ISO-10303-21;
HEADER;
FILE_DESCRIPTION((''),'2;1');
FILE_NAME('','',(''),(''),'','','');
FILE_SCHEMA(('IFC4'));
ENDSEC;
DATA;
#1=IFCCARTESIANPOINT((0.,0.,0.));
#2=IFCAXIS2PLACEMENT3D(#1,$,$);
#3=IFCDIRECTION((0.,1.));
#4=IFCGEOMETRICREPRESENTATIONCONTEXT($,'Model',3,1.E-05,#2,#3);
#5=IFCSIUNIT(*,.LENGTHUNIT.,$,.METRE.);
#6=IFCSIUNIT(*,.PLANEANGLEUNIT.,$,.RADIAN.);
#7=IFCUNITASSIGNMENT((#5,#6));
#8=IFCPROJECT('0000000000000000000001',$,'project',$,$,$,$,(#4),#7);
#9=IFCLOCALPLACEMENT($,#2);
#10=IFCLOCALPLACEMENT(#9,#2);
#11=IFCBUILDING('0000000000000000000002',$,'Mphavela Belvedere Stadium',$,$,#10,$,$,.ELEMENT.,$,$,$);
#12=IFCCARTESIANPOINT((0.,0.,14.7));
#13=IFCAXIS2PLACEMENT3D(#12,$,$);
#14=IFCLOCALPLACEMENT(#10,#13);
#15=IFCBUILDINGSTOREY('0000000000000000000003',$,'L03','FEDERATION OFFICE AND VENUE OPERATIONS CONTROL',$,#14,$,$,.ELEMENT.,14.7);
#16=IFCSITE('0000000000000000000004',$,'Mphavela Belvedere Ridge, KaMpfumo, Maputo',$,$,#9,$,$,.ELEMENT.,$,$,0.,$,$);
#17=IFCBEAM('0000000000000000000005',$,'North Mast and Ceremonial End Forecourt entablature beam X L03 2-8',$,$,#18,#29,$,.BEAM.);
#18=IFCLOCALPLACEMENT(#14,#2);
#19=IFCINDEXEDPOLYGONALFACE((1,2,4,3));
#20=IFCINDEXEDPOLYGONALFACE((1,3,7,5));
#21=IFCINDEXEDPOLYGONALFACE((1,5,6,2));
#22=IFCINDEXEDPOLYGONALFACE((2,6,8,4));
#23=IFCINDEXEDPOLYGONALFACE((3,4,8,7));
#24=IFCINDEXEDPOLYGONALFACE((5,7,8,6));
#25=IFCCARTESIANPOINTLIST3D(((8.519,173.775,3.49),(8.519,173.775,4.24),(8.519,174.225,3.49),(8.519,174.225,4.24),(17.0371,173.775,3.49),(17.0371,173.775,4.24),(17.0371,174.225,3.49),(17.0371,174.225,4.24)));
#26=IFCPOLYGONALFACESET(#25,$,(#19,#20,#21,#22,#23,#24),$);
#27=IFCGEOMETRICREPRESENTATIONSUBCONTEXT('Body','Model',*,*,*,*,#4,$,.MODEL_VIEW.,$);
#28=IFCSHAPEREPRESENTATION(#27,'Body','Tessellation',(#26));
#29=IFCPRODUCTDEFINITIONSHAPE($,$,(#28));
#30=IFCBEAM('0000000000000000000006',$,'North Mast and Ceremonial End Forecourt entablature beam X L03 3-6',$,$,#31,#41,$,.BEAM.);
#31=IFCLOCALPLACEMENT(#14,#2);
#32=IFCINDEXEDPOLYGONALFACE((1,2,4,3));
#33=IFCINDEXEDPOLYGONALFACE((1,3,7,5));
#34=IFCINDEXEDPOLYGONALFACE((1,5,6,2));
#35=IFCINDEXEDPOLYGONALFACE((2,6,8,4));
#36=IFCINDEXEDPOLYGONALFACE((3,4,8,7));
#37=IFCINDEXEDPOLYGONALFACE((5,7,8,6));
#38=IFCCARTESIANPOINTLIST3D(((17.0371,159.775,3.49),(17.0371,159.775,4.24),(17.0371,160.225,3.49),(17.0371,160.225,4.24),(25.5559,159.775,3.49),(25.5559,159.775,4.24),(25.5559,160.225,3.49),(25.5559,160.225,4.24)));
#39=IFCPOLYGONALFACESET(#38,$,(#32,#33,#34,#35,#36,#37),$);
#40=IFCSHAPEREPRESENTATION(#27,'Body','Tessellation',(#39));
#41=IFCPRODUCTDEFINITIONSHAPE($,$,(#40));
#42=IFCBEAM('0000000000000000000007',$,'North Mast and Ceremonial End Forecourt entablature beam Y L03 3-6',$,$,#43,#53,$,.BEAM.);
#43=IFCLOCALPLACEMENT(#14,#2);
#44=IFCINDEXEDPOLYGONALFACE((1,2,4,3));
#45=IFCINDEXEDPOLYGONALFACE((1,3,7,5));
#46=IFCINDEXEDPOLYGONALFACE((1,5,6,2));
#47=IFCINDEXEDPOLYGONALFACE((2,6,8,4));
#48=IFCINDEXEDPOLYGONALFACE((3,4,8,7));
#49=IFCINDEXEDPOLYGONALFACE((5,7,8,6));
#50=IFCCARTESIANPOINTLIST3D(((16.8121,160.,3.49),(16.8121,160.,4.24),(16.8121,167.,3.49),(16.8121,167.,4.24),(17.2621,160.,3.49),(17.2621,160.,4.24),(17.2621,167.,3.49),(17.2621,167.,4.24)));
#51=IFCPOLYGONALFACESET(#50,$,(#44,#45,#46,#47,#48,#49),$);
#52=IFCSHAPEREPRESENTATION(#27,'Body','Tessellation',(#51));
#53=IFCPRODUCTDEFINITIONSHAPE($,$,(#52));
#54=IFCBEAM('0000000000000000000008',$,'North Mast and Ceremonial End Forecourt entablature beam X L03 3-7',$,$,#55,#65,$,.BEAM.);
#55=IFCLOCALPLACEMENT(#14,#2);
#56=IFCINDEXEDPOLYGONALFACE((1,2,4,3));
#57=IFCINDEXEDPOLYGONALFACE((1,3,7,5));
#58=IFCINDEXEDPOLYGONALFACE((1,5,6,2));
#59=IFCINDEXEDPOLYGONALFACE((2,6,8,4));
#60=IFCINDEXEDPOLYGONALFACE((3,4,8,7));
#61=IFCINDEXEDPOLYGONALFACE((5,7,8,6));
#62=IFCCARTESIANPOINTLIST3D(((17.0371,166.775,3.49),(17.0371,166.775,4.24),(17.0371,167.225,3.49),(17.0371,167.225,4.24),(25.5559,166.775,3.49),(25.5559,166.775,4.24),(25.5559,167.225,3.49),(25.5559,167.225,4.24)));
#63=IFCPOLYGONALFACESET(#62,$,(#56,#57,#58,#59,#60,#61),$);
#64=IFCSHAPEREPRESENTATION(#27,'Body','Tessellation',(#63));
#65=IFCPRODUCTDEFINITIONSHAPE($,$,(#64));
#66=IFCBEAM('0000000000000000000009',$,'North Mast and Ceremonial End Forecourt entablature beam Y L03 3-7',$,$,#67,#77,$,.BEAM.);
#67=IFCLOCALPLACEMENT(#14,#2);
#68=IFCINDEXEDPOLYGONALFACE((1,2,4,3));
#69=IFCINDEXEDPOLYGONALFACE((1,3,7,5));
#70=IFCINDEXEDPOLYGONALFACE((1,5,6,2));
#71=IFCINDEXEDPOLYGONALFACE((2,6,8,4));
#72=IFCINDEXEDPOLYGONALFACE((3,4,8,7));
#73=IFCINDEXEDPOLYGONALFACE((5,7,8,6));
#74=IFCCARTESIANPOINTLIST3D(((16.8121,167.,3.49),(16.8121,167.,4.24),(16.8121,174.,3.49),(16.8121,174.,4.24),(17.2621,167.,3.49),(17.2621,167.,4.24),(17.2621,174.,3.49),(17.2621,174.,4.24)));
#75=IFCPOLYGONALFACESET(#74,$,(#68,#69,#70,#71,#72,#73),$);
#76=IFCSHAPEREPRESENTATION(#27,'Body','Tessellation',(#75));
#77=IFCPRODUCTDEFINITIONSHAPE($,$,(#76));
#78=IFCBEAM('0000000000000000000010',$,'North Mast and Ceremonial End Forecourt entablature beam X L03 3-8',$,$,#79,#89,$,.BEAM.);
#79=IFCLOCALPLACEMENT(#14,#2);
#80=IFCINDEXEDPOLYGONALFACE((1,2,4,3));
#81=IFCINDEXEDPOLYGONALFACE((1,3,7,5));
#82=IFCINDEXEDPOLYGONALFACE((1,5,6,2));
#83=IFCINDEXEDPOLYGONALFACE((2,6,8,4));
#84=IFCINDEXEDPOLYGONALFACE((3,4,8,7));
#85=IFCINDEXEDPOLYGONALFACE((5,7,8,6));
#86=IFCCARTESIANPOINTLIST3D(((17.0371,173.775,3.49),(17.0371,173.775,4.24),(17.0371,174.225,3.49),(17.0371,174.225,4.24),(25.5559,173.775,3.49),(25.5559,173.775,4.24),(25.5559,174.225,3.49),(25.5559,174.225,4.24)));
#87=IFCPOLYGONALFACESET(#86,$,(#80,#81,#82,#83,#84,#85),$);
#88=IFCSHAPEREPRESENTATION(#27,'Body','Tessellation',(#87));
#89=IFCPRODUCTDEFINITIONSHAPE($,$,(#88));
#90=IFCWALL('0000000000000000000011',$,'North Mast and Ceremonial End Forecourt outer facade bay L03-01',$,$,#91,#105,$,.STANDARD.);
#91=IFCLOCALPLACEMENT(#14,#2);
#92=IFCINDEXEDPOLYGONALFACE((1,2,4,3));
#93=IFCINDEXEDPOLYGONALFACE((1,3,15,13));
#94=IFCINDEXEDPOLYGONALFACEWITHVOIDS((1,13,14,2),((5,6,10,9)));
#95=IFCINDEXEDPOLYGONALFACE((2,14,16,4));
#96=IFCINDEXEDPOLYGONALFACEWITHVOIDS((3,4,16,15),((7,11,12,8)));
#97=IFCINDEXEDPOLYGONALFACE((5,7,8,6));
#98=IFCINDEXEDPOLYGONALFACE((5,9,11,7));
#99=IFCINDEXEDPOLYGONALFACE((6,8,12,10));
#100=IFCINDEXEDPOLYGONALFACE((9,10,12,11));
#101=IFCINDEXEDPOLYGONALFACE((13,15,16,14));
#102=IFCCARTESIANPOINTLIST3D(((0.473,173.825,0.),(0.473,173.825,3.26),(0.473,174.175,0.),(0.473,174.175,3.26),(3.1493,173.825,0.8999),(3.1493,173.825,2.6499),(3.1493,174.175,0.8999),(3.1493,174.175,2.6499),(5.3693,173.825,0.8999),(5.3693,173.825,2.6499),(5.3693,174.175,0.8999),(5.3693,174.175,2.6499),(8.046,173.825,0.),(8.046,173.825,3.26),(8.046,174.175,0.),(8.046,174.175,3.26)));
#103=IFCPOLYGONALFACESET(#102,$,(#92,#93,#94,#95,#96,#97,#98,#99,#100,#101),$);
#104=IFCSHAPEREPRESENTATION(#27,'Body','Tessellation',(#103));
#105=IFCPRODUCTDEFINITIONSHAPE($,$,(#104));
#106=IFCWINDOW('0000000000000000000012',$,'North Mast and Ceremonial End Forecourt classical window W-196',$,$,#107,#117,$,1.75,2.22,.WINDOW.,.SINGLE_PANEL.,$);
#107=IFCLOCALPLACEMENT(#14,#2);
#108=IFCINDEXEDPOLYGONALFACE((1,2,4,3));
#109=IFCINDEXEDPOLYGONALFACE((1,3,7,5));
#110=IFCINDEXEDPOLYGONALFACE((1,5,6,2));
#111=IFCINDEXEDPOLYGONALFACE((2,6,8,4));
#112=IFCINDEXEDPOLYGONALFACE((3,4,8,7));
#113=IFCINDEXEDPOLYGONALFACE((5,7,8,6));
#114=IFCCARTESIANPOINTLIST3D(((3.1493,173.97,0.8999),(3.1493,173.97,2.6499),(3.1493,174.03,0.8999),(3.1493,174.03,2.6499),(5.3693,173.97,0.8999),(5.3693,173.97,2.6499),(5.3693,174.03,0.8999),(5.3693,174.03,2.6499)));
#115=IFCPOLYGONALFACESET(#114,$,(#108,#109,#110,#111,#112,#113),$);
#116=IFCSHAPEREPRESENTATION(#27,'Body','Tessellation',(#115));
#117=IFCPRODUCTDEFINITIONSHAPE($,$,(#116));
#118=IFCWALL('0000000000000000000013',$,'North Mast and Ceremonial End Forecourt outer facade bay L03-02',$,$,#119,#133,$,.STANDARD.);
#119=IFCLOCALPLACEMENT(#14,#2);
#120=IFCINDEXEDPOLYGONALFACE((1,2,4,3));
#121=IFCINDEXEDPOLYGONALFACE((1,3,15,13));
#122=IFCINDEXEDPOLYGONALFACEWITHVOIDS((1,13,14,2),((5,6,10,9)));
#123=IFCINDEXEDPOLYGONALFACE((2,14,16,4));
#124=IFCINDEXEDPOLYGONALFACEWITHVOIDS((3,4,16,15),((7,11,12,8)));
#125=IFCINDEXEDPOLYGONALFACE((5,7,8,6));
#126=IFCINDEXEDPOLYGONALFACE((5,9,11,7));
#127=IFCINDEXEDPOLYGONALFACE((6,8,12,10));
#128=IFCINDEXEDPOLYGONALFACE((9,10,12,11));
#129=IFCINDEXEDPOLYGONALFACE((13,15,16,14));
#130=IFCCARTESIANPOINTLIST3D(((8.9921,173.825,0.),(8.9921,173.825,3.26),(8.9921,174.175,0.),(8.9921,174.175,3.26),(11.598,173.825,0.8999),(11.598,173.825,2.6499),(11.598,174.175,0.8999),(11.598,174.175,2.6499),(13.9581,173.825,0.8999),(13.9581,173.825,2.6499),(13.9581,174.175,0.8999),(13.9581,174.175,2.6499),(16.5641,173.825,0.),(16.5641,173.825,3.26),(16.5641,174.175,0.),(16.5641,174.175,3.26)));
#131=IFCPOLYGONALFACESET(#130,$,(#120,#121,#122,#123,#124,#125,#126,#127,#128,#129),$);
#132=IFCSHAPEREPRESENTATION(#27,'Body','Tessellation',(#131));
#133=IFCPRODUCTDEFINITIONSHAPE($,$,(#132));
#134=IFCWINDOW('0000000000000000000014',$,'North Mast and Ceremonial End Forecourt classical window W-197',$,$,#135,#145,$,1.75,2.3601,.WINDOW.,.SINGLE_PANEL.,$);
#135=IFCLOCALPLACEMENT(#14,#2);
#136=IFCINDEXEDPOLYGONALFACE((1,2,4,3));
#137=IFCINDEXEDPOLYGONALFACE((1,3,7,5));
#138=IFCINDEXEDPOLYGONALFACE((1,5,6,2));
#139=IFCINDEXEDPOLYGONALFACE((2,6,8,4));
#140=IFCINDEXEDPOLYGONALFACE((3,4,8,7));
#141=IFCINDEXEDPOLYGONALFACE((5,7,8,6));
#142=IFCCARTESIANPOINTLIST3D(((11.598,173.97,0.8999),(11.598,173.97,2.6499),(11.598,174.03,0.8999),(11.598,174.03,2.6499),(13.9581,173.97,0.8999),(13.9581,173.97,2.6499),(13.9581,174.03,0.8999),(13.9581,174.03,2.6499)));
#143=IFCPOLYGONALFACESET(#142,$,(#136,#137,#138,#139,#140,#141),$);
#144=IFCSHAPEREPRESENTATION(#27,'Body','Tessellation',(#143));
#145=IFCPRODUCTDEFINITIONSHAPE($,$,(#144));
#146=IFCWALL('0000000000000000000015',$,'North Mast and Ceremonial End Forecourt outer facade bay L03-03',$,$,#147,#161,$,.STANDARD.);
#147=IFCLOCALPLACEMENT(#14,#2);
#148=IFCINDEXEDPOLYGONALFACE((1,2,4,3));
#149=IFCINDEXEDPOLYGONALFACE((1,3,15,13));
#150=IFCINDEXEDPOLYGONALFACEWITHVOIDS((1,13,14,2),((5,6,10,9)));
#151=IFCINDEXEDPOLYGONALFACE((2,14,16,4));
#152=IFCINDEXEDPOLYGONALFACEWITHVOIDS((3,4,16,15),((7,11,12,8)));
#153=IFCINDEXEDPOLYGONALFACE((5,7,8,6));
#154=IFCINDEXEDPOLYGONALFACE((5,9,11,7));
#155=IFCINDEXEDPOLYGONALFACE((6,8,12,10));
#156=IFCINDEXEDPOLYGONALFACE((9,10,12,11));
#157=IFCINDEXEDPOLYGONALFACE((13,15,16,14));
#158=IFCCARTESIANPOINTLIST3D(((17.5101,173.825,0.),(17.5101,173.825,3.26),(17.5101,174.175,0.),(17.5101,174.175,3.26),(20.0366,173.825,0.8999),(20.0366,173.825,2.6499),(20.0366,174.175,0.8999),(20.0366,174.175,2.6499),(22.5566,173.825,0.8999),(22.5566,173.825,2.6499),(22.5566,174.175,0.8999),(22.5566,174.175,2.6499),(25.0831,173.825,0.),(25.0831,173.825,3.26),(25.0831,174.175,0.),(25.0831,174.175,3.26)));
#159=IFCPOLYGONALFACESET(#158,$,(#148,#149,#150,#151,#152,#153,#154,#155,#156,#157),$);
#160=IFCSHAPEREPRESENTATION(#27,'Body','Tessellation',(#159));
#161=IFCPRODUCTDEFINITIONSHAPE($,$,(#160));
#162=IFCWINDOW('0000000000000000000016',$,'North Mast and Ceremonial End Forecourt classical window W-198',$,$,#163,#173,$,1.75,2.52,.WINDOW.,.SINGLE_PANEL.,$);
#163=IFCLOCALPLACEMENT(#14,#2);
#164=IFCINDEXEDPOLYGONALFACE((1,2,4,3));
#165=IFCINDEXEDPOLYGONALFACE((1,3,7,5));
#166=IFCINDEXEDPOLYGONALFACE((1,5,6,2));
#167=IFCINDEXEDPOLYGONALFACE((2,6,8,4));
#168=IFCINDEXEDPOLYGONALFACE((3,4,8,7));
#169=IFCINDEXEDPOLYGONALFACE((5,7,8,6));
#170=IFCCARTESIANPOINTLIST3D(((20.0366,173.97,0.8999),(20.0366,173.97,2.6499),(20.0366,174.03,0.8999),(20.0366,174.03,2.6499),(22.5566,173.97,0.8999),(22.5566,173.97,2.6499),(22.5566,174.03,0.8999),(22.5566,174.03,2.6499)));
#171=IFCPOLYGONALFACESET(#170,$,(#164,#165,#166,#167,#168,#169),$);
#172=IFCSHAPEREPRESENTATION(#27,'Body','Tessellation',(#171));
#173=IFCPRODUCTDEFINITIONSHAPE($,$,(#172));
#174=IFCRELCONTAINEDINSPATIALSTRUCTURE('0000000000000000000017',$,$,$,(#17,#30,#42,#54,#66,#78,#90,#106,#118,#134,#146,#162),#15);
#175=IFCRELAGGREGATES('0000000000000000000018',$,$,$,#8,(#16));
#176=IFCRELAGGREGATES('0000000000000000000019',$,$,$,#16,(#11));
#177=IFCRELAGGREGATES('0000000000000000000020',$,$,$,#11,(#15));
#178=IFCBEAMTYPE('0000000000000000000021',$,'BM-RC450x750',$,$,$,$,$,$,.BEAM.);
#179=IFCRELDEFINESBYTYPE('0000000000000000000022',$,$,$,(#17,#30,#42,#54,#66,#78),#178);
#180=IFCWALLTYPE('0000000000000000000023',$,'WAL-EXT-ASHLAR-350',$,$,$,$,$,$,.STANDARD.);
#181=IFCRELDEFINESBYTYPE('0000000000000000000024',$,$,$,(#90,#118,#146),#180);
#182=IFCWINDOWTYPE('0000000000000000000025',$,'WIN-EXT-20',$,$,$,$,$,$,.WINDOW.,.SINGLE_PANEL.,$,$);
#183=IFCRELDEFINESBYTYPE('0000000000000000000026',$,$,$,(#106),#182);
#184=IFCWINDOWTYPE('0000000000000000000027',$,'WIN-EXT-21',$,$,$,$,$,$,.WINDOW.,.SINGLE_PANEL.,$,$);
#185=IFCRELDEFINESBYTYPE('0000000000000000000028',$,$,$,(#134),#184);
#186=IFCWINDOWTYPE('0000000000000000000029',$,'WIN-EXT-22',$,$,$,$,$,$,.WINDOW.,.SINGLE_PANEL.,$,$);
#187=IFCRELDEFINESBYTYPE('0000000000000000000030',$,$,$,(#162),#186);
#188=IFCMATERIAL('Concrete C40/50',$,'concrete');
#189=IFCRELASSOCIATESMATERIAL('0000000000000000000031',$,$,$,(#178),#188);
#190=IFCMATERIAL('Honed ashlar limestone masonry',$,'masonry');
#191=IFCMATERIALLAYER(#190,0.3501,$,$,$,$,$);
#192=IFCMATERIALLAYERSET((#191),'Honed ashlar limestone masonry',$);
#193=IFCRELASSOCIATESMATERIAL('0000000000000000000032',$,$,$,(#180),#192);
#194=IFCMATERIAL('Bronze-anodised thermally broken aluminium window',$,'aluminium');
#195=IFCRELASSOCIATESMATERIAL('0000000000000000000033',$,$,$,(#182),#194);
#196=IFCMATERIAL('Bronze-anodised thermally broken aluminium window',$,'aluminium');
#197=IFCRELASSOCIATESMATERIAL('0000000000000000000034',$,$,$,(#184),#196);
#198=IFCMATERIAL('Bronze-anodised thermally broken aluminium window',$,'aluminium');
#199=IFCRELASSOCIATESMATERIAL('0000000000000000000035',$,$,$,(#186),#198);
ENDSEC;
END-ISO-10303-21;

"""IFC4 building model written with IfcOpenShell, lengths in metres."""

from ifc_helpers import new_model, si_unit, direction, frame, frame_2d, origin, origin_2d, place, context, subcontext, project, spatial, rectangle, extrude, material, layer, layer_set, material_profile, profile_set, type_object, element, fill, save


model = new_model("IFC4")

# Units and contexts
model_context = context("Model", 3, precision=1e-05, world=origin(), true_north=direction((0.0, 1.0)))
body_context = subcontext(model_context, "Body", "Model", "MODEL_VIEW")
ifc_project = project(units=[si_unit("LENGTHUNIT", "METRE"), si_unit("PLANEANGLEUNIT", "RADIAN")], contexts=[model_context])

# Site, building, storey
site_placement = place(None, origin())
site = spatial("IfcSite", under=ifc_project, at=site_placement, Name="Mphavela Belvedere Ridge, KaMpfumo, Maputo", CompositionType="ELEMENT", RefElevation=0.0)
building_placement = place(site_placement, origin())
building = spatial("IfcBuilding", under=site, at=building_placement, Name="Mphavela Belvedere Stadium", CompositionType="ELEMENT")
storey_placement = place(building_placement, frame((0.0, 0.0, 14.7)))
storey = spatial("IfcBuildingStorey", under=building, at=storey_placement, Name="L03", Description="FEDERATION OFFICE AND VENUE OPERATIONS CONTROL", CompositionType="ELEMENT", Elevation=14.7)

# Beams
ifc_material_1 = material(Name="Concrete C40/50", Category="concrete")
ifc_material_profile_1 = material_profile(ifc_material_1, rectangle(XDim=0.45, YDim=0.75, at=origin_2d()), Name="RC 450x750")
ifc_profile_set_1 = profile_set([ifc_material_profile_1], Name="Concrete C40/50")
beam_type_1 = type_object("IfcBeamType", Name="BM-RC450x750", PredefinedType="BEAM", material=ifc_profile_set_1)
beam_1_placement = place(storey_placement, frame((8.519, 174.0, 3.865), z_axis=(1.0, 0.0, 0.0), x_axis=(0.0, 1.0, 0.0)))
element("IfcBeam", 1, at=beam_1_placement, inside=storey, type_object=beam_type_1, Name="North Mast and Ceremonial End Forecourt entablature beam X L03 2-8", PredefinedType="BEAM", context=body_context, shape_type="SweptSolid", body=[
    extrude(rectangle(XDim=0.45, YDim=0.75, at=origin_2d()), origin(), (0.0, 0.0, 1.0), 8.5181),
])
beam_2_placement = place(storey_placement, frame((17.0371, 160.0, 3.865), z_axis=(1.0, 0.0, 0.0), x_axis=(0.0, 1.0, 0.0)))
element("IfcBeam", 2, at=beam_2_placement, inside=storey, type_object=beam_type_1, Name="North Mast and Ceremonial End Forecourt entablature beam X L03 3-6", PredefinedType="BEAM", context=body_context, shape_type="SweptSolid", body=[
    extrude(rectangle(XDim=0.45, YDim=0.75, at=origin_2d()), origin(), (0.0, 0.0, 1.0), 8.5188),
])
beam_3_placement = place(storey_placement, frame((17.0371, 160.0, 3.865), z_axis=(0.0, 1.0, 0.0), x_axis=(-1.0, 0.0, 0.0)))
element("IfcBeam", 3, at=beam_3_placement, inside=storey, type_object=beam_type_1, Name="North Mast and Ceremonial End Forecourt entablature beam Y L03 3-6", PredefinedType="BEAM", context=body_context, shape_type="SweptSolid", body=[
    extrude(rectangle(XDim=0.45, YDim=0.75, at=origin_2d()), origin(), (0.0, 0.0, 1.0), 7.0),
])
beam_4_placement = place(storey_placement, frame((17.0371, 167.0, 3.865), z_axis=(1.0, 0.0, 0.0), x_axis=(0.0, 1.0, 0.0)))
element("IfcBeam", 4, at=beam_4_placement, inside=storey, type_object=beam_type_1, Name="North Mast and Ceremonial End Forecourt entablature beam X L03 3-7", PredefinedType="BEAM", context=body_context, shape_type="SweptSolid", body=[
    extrude(rectangle(XDim=0.45, YDim=0.75, at=origin_2d()), origin(), (0.0, 0.0, 1.0), 8.5188),
])
beam_5_placement = place(storey_placement, frame((17.0371, 167.0, 3.865), z_axis=(0.0, 1.0, 0.0), x_axis=(-1.0, 0.0, 0.0)))
element("IfcBeam", 5, at=beam_5_placement, inside=storey, type_object=beam_type_1, Name="North Mast and Ceremonial End Forecourt entablature beam Y L03 3-7", PredefinedType="BEAM", context=body_context, shape_type="SweptSolid", body=[
    extrude(rectangle(XDim=0.45, YDim=0.75, at=origin_2d()), origin(), (0.0, 0.0, 1.0), 7.0),
])
beam_6_placement = place(storey_placement, frame((17.0371, 174.0, 3.865), z_axis=(1.0, 0.0, 0.0), x_axis=(0.0, 1.0, 0.0)))
element("IfcBeam", 6, at=beam_6_placement, inside=storey, type_object=beam_type_1, Name="North Mast and Ceremonial End Forecourt entablature beam X L03 3-8", PredefinedType="BEAM", context=body_context, shape_type="SweptSolid", body=[
    extrude(rectangle(XDim=0.45, YDim=0.75, at=origin_2d()), origin(), (0.0, 0.0, 1.0), 8.5188),
])

# Walls, openings, windows
ifc_material_2 = material(Name="Honed ashlar limestone masonry", Category="masonry")
ifc_layer = layer(ifc_material_2, 0.3501)
ifc_layer_set = layer_set([ifc_layer], Name="Honed ashlar limestone masonry")
wall_type = type_object("IfcWallType", Name="WAL-EXT-ASHLAR-350", PredefinedType="STANDARD", material=ifc_layer_set)
wall_1_placement = place(storey_placement, frame((0.4729, 174.0, 0.0), z_axis=(0.0, 0.0, 1.0), x_axis=(1.0, 0.0, 0.0)))
wall_1 = element("IfcWall", 7, at=wall_1_placement, inside=storey, type_object=wall_type, Name="North Mast and Ceremonial End Forecourt outer facade bay L03-01", PredefinedType="STANDARD", context=body_context, shape_type="SweptSolid", body=[
    extrude(rectangle(XDim=7.573, YDim=0.3501, at=frame_2d((3.7866, 0.0))), origin(), (0.0, 0.0, 1.0), 3.26),
])
opening_1_placement = place(wall_1_placement, frame((2.6765, 0.0, 0.8999)))
opening_1 = element("IfcOpeningElement", 8, at=opening_1_placement, cuts=wall_1, PredefinedType="OPENING", context=body_context, shape_type="SweptSolid", body=[
    extrude(rectangle(XDim=2.22, YDim=1.75, at=frame_2d((1.1099, 0.875))), frame((0.0, 0.1851, 0.0), z_axis=(0.0, -1.0, 0.0), x_axis=(1.0, 0.0, 0.0)), (0.0, 0.0, 1.0), 0.3701),
])
ifc_material_3 = material(Name="Bronze-anodised thermally broken aluminium window", Category="aluminium")
window_type_1 = type_object("IfcWindowType", Name="WIN-EXT-20", PartitioningType="SINGLE_PANEL", PredefinedType="WINDOW", material=ifc_material_3)
window_1_placement = place(opening_1_placement, origin())
window_1 = element("IfcWindow", 9, at=window_1_placement, inside=storey, type_object=window_type_1, Name="North Mast and Ceremonial End Forecourt classical window W-196", OverallHeight=1.75, OverallWidth=2.22, PartitioningType="SINGLE_PANEL", PredefinedType="WINDOW", context=body_context, shape_type="SweptSolid", body=[
    extrude(rectangle(XDim=2.22, YDim=1.75, at=frame_2d((1.1099, 0.875))), frame((0.0, 0.03, 0.0), z_axis=(0.0, -1.0, 0.0), x_axis=(1.0, 0.0, 0.0)), (0.0, 0.0, 1.0), 0.0601),
])
fill(opening_1, window_1)
wall_2_placement = place(storey_placement, frame((8.9919, 174.0, 0.0), z_axis=(0.0, 0.0, 1.0), x_axis=(1.0, 0.0, 0.0)))
wall_2 = element("IfcWall", 10, at=wall_2_placement, inside=storey, type_object=wall_type, Name="North Mast and Ceremonial End Forecourt outer facade bay L03-02", PredefinedType="STANDARD", context=body_context, shape_type="SweptSolid", body=[
    extrude(rectangle(XDim=7.572, YDim=0.3501, at=frame_2d((3.7861, 0.0))), origin(), (0.0, 0.0, 1.0), 3.26),
])
opening_2_placement = place(wall_2_placement, frame((2.606, 0.0, 0.8999)))
opening_2 = element("IfcOpeningElement", 11, at=opening_2_placement, cuts=wall_2, PredefinedType="OPENING", context=body_context, shape_type="SweptSolid", body=[
    extrude(rectangle(XDim=2.3601, YDim=1.75, at=frame_2d((1.1802, 0.875))), frame((0.0, 0.1851, 0.0), z_axis=(0.0, -1.0, 0.0), x_axis=(1.0, 0.0, 0.0)), (0.0, 0.0, 1.0), 0.3701),
])
ifc_material_4 = material(Name="Bronze-anodised thermally broken aluminium window", Category="aluminium")
window_type_2 = type_object("IfcWindowType", Name="WIN-EXT-21", PartitioningType="SINGLE_PANEL", PredefinedType="WINDOW", material=ifc_material_4)
window_2_placement = place(opening_2_placement, origin())
window_2 = element("IfcWindow", 12, at=window_2_placement, inside=storey, type_object=window_type_2, Name="North Mast and Ceremonial End Forecourt classical window W-197", OverallHeight=1.75, OverallWidth=2.3601, PartitioningType="SINGLE_PANEL", PredefinedType="WINDOW", context=body_context, shape_type="SweptSolid", body=[
    extrude(rectangle(XDim=2.3601, YDim=1.75, at=frame_2d((1.1802, 0.875))), frame((0.0, 0.03, 0.0), z_axis=(0.0, -1.0, 0.0), x_axis=(1.0, 0.0, 0.0)), (0.0, 0.0, 1.0), 0.0601),
])
fill(opening_2, window_2)
wall_3_placement = place(storey_placement, frame((17.51, 174.0, 0.0), z_axis=(0.0, 0.0, 1.0), x_axis=(1.0, 0.0, 0.0)))
wall_3 = element("IfcWall", 13, at=wall_3_placement, inside=storey, type_object=wall_type, Name="North Mast and Ceremonial End Forecourt outer facade bay L03-03", PredefinedType="STANDARD", context=body_context, shape_type="SweptSolid", body=[
    extrude(rectangle(XDim=7.573, YDim=0.3501, at=frame_2d((3.7866, 0.0))), origin(), (0.0, 0.0, 1.0), 3.26),
])
opening_3_placement = place(wall_3_placement, frame((2.5266, 0.0, 0.8999)))
opening_3 = element("IfcOpeningElement", 14, at=opening_3_placement, cuts=wall_3, PredefinedType="OPENING", context=body_context, shape_type="SweptSolid", body=[
    extrude(rectangle(XDim=2.52, YDim=1.75, at=frame_2d((1.26, 0.875))), frame((0.0, 0.1851, 0.0), z_axis=(0.0, -1.0, 0.0), x_axis=(1.0, 0.0, 0.0)), (0.0, 0.0, 1.0), 0.3701),
])
ifc_material_5 = material(Name="Bronze-anodised thermally broken aluminium window", Category="aluminium")
window_type_3 = type_object("IfcWindowType", Name="WIN-EXT-22", PartitioningType="SINGLE_PANEL", PredefinedType="WINDOW", material=ifc_material_5)
window_3_placement = place(opening_3_placement, origin())
window_3 = element("IfcWindow", 15, at=window_3_placement, inside=storey, type_object=window_type_3, Name="North Mast and Ceremonial End Forecourt classical window W-198", OverallHeight=1.75, OverallWidth=2.52, PartitioningType="SINGLE_PANEL", PredefinedType="WINDOW", context=body_context, shape_type="SweptSolid", body=[
    extrude(rectangle(XDim=2.52, YDim=1.75, at=frame_2d((1.26, 0.875))), frame((0.0, 0.03, 0.0), z_axis=(0.0, -1.0, 0.0), x_axis=(1.0, 0.0, 0.0)), (0.0, 0.0, 1.0), 0.0601),
])
fill(opening_3, window_3)

save(model, "model.ifc")
